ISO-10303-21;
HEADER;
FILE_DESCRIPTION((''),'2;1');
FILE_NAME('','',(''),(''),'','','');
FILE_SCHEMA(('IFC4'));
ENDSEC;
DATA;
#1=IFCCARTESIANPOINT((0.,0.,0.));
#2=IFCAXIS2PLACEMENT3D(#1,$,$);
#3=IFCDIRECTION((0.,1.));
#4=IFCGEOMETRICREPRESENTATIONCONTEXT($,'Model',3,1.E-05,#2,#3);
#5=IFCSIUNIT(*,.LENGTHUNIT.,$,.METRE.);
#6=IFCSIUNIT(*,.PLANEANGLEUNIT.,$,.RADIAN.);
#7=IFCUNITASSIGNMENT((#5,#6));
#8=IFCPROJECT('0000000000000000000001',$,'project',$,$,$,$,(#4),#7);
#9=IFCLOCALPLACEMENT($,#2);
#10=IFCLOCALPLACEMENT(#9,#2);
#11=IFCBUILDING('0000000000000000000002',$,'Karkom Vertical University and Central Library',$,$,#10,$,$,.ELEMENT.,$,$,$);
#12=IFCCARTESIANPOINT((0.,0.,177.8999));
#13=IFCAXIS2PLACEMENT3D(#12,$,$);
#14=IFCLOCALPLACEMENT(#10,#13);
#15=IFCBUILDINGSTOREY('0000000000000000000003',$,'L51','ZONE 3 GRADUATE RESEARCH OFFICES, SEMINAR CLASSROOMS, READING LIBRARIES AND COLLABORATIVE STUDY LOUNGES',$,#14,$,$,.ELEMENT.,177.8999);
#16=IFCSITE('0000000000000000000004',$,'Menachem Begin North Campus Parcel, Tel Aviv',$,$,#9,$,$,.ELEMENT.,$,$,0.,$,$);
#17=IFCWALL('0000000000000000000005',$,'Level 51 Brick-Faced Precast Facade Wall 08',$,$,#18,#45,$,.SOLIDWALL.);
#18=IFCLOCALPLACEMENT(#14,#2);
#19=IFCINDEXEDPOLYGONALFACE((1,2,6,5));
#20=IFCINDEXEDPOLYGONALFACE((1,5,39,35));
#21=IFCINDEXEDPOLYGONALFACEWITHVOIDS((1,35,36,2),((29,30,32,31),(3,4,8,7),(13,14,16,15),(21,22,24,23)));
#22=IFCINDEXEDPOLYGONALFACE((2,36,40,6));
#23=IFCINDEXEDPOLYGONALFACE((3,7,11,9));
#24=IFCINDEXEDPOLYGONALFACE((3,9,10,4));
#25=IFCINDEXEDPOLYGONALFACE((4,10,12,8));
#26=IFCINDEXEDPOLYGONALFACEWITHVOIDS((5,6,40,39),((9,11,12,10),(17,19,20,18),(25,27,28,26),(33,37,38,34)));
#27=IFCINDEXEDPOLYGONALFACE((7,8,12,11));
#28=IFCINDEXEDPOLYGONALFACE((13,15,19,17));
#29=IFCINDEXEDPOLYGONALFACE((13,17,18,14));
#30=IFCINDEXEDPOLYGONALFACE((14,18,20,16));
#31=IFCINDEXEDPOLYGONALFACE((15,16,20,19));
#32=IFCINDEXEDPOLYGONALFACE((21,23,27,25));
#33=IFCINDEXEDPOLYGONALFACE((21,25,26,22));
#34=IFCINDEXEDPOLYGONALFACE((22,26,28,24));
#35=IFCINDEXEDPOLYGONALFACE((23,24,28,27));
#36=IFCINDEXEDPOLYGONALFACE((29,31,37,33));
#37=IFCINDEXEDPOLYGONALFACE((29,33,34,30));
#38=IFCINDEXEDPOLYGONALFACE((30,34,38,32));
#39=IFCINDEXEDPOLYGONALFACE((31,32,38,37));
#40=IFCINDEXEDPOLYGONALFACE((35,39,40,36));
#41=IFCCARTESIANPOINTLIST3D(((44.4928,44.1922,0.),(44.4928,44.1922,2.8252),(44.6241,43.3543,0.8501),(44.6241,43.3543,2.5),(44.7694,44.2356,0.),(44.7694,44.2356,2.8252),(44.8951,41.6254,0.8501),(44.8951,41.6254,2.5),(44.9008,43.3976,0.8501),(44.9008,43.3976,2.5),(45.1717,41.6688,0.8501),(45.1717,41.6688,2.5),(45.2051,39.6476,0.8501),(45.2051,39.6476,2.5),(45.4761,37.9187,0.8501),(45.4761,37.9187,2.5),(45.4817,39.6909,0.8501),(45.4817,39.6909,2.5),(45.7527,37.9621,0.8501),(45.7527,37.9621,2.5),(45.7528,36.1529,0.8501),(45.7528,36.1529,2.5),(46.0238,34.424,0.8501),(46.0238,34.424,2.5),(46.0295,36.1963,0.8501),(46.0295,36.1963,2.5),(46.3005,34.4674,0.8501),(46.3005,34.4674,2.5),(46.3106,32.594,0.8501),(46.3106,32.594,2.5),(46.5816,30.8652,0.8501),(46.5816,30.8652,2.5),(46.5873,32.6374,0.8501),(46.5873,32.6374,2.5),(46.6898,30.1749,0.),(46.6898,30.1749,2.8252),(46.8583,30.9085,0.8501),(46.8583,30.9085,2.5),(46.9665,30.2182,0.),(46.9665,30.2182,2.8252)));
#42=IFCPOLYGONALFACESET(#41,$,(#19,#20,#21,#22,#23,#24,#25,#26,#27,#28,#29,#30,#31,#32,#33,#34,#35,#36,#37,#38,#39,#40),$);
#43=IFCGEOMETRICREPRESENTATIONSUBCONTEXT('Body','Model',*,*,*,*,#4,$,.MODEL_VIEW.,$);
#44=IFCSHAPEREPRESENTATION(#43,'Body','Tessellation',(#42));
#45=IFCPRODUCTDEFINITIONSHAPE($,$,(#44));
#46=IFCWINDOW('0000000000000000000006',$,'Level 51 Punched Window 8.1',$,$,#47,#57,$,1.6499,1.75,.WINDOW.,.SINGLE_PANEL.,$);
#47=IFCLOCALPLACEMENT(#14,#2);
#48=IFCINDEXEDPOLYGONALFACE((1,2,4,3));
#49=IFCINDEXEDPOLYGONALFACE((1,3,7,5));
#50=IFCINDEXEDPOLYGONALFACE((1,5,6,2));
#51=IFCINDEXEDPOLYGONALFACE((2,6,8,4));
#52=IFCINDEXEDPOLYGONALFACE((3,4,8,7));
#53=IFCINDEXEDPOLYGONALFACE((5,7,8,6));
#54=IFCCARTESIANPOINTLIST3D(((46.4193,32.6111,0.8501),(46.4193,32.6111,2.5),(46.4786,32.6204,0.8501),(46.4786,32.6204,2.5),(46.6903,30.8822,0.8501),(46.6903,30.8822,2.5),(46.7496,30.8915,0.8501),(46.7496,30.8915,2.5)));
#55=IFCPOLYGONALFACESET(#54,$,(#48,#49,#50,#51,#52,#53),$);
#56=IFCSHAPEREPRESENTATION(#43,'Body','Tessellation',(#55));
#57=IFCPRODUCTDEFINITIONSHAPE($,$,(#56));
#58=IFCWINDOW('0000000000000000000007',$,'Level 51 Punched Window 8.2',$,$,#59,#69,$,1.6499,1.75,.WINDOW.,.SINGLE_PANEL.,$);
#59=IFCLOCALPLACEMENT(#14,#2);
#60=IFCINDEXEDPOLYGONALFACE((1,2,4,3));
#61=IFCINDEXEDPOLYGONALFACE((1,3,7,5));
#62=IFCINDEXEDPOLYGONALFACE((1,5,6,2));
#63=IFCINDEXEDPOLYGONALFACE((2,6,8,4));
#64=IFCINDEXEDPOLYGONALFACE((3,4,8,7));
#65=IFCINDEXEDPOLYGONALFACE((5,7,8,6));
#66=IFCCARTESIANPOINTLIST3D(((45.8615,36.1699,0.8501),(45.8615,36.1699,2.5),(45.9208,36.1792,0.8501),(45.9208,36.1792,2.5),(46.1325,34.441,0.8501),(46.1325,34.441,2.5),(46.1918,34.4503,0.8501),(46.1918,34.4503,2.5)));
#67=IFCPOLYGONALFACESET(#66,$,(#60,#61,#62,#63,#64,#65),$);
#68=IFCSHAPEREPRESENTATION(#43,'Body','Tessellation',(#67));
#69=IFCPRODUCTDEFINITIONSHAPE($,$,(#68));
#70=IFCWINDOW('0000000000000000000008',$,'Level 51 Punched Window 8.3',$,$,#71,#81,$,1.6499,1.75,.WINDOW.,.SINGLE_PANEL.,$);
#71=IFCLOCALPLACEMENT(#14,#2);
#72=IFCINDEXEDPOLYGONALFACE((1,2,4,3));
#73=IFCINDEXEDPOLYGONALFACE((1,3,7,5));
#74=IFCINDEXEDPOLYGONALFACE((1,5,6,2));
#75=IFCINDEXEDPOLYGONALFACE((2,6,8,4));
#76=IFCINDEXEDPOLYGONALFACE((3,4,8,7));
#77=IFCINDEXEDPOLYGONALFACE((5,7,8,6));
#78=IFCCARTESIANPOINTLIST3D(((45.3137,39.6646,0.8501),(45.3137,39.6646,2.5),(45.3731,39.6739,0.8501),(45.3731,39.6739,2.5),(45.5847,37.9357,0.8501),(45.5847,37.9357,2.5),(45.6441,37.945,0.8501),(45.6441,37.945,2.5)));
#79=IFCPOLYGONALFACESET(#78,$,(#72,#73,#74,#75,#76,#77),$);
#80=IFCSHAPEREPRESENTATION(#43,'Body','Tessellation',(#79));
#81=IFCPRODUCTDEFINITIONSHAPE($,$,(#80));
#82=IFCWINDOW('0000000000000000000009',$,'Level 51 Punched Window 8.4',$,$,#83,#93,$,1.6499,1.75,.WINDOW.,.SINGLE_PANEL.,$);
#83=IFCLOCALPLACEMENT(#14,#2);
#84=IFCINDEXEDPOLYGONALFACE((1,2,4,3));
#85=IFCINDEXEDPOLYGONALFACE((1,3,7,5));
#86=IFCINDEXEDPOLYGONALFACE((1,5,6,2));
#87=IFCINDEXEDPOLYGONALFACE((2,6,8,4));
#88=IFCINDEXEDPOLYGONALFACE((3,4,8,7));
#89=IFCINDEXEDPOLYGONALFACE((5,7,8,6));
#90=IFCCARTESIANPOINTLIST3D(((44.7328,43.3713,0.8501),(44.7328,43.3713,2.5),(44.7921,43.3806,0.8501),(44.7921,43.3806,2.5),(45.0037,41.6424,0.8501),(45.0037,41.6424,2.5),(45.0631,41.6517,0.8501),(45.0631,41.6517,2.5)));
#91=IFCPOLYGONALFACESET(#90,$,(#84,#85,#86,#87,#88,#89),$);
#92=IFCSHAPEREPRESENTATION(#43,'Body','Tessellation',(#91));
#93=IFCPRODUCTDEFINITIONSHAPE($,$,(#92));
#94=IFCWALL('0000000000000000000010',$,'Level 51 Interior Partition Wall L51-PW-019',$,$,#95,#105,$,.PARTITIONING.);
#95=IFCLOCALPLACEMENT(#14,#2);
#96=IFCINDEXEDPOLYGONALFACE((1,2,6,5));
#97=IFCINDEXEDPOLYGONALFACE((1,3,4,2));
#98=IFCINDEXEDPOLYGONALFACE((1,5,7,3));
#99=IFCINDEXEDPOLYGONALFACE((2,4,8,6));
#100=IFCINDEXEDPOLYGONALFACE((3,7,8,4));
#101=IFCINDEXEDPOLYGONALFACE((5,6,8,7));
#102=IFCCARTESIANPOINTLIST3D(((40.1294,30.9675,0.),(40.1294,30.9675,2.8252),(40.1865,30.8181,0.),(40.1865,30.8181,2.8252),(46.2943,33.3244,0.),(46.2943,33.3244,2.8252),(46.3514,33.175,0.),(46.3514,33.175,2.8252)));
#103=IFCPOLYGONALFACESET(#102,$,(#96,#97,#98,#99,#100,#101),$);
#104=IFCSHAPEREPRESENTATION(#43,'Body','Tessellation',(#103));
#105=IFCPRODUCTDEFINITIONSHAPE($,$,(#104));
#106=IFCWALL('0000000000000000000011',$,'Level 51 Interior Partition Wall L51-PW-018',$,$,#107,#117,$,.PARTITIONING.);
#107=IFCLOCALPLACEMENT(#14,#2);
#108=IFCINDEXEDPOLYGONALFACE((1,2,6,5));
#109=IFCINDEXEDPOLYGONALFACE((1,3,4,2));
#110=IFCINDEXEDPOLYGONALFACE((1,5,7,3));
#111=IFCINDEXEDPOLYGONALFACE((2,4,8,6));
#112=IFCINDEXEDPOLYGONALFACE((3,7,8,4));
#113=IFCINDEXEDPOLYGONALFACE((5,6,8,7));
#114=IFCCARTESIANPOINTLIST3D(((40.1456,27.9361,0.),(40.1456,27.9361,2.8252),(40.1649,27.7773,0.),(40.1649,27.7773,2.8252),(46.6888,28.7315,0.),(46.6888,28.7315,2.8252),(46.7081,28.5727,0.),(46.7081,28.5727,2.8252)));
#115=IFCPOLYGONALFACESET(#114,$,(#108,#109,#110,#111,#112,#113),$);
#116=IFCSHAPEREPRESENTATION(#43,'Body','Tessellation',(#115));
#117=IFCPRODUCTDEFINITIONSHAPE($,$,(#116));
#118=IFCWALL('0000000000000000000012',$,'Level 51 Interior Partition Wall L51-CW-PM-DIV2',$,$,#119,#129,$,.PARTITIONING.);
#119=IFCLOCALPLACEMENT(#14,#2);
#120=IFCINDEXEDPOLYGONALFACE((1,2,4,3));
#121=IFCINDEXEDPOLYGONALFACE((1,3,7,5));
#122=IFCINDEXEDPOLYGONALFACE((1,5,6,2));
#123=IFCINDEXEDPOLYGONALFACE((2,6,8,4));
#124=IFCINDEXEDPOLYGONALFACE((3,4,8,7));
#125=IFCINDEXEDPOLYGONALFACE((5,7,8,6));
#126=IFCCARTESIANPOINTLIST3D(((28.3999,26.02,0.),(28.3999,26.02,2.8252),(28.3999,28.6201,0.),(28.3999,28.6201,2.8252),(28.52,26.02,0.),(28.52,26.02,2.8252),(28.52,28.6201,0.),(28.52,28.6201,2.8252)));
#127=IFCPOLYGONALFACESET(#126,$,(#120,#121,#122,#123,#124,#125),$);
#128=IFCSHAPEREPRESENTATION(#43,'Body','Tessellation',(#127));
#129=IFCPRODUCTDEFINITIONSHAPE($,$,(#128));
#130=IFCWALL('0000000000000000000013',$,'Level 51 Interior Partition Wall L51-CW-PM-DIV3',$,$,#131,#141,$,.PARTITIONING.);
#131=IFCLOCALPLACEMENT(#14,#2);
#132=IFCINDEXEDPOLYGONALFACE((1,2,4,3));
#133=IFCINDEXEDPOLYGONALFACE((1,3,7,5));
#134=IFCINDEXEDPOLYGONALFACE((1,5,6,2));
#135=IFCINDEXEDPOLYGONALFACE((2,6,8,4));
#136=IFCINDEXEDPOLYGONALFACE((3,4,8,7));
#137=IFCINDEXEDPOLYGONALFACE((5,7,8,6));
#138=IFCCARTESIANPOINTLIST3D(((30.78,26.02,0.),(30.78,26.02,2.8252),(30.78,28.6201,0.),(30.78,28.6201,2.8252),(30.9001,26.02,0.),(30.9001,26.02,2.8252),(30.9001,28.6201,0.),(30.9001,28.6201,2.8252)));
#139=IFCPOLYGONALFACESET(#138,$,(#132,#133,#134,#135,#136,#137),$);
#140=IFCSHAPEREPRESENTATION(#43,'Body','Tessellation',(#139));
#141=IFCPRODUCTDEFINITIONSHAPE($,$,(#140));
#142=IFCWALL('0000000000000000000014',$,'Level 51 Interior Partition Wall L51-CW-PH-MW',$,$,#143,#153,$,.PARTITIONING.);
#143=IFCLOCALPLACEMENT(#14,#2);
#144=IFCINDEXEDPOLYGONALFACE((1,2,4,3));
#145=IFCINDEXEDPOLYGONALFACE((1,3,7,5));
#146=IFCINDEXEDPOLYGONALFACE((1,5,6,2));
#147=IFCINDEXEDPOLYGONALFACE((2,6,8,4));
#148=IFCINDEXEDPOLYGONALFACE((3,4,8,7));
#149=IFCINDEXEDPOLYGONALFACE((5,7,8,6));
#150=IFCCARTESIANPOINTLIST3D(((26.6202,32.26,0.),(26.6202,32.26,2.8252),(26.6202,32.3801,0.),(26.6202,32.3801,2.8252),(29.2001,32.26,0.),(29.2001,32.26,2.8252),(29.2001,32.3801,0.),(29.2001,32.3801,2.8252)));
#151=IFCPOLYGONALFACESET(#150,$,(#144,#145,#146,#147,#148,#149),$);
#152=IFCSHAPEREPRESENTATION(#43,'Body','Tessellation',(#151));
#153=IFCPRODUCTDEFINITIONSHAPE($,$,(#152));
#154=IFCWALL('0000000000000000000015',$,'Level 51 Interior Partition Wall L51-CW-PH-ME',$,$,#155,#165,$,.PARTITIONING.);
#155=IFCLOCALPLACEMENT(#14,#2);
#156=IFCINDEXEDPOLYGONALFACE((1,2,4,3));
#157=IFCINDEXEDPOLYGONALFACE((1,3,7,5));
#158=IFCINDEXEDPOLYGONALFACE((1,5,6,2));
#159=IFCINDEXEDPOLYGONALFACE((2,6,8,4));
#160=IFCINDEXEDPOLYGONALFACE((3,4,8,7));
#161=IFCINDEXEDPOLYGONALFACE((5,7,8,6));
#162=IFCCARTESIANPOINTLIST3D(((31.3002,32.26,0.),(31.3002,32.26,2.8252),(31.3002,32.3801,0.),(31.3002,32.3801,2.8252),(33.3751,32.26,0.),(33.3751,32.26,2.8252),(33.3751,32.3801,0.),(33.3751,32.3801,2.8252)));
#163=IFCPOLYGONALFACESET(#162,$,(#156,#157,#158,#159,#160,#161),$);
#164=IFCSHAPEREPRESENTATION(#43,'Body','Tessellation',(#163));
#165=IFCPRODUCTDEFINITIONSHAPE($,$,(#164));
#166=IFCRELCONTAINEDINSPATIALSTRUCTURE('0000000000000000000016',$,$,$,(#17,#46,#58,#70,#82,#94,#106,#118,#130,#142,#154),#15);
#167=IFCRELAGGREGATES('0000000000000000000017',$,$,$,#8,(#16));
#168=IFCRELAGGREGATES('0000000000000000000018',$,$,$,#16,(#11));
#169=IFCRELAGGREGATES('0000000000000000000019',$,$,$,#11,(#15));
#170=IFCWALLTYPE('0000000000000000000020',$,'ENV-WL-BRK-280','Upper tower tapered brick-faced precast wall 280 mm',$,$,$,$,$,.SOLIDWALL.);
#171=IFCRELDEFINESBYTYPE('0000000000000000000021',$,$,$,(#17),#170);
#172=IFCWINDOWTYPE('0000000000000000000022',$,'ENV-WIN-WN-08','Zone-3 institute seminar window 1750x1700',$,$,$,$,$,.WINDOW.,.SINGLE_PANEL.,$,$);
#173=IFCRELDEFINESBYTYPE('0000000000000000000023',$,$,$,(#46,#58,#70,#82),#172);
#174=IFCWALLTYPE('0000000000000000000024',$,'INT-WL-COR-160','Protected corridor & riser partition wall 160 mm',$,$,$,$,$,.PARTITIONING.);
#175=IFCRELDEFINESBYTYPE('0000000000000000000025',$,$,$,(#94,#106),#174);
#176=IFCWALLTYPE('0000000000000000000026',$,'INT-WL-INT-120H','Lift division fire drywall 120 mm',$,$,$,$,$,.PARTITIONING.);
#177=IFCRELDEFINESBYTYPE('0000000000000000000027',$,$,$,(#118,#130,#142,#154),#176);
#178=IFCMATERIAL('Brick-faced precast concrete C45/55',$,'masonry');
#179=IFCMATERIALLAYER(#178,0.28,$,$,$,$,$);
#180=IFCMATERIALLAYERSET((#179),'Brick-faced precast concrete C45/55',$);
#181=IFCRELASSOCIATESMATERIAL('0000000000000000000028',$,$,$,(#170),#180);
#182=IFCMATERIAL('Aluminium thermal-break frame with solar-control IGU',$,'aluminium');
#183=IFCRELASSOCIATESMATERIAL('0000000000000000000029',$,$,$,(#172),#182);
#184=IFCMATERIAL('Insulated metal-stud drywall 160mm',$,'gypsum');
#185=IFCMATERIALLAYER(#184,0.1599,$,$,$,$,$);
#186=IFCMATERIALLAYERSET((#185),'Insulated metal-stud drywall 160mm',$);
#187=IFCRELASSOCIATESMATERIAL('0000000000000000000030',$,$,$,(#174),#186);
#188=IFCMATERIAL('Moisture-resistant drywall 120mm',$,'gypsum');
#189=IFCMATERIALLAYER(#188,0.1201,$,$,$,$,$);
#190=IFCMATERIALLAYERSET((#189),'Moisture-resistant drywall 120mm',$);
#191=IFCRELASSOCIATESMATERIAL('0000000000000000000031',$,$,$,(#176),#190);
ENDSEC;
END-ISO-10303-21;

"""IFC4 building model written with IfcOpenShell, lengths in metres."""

from ifc_helpers import new_model, si_unit, direction, frame, frame_2d, origin, origin_with_axes, place, context, subcontext, project, spatial, rectangle, extrude, source, transform, mapped, material, layer, layer_set, type_object, element, fill, save


model = new_model("IFC4")

# Units and contexts
model_context = context("Model", 3, precision=1e-05, world=origin(), true_north=direction((0.0, 1.0)))
body_context = subcontext(model_context, "Body", "Model", "MODEL_VIEW")
ifc_project = project(units=[si_unit("LENGTHUNIT", "METRE"), si_unit("PLANEANGLEUNIT", "RADIAN")], contexts=[model_context])

# Site, building, storey
site_placement = place(None, origin())
site = spatial("IfcSite", under=ifc_project, at=site_placement, Name="Menachem Begin North Campus Parcel, Tel Aviv", CompositionType="ELEMENT", RefElevation=0.0)
building_placement = place(site_placement, origin())
building = spatial("IfcBuilding", under=site, at=building_placement, Name="Karkom Vertical University and Central Library", CompositionType="ELEMENT")
storey_placement = place(building_placement, frame((0.0, 0.0, 177.8999)))
storey = spatial("IfcBuildingStorey", under=building, at=storey_placement, Name="L51", Description="ZONE 3 GRADUATE RESEARCH OFFICES, SEMINAR CLASSROOMS, READING LIBRARIES AND COLLABORATIVE STUDY LOUNGES", CompositionType="ELEMENT", Elevation=177.8999)

# Wall, openings, windows
ifc_material_1 = material(Name="Brick-faced precast concrete C45/55", Category="masonry")
ifc_layer_1 = layer(ifc_material_1, 0.28)
ifc_layer_set_1 = layer_set([ifc_layer_1], Name="Brick-faced precast concrete C45/55")
wall_type_1 = type_object("IfcWallType", Name="ENV-WL-BRK-280", Description="Upper tower tapered brick-faced precast wall 280 mm", PredefinedType="SOLIDWALL", material=ifc_layer_set_1)
wall_1_placement = place(storey_placement, frame((46.8281, 30.1965, 0.0), z_axis=(0.0, 0.0, 1.0), x_axis=(-0.154846, 0.987939, 0.0)))
wall_1 = element("IfcWall", 1, at=wall_1_placement, inside=storey, type_object=wall_type_1, Name="Level 51 Brick-Faced Precast Facade Wall 08", PredefinedType="SOLIDWALL", context=body_context, shape_type="SweptSolid", body=[
    extrude(rectangle(XDim=14.1885, YDim=0.28, at=frame_2d((7.0942, 0.0))), origin(), (0.0, 0.0, 1.0), 2.8252),
])
opening_1_placement = place(wall_1_placement, frame((0.6987, 0.0, 0.8501)))
opening_1 = element("IfcOpeningElement", 2, at=opening_1_placement, cuts=wall_1, PredefinedType="OPENING", context=body_context, shape_type="SweptSolid", body=[
    extrude(rectangle(XDim=1.75, YDim=1.6499, at=frame_2d((0.875, 0.825))), frame((0.0, 0.1499, 0.0), z_axis=(0.0, -1.0, 0.0), x_axis=(1.0, 0.0, 0.0)), (0.0, 0.0, 1.0), 0.3),
])
opening_2_placement = place(wall_1_placement, frame((4.301, 0.0, 0.8501)))
opening_2 = element("IfcOpeningElement", 3, at=opening_2_placement, cuts=wall_1, PredefinedType="OPENING", context=body_context, shape_type="SweptSolid", body=[
    extrude(rectangle(XDim=1.75, YDim=1.6499, at=frame_2d((0.875, 0.825))), frame((0.0, 0.1499, 0.0), z_axis=(0.0, -1.0, 0.0), x_axis=(1.0, 0.0, 0.0)), (0.0, 0.0, 1.0), 0.3),
])
opening_3_placement = place(wall_1_placement, frame((7.8384, 0.0, 0.8501)))
opening_3 = element("IfcOpeningElement", 4, at=opening_3_placement, cuts=wall_1, PredefinedType="OPENING", context=body_context, shape_type="SweptSolid", body=[
    extrude(rectangle(XDim=1.75, YDim=1.6499, at=frame_2d((0.875, 0.825))), frame((0.0, 0.1499, 0.0), z_axis=(0.0, -1.0, 0.0), x_axis=(1.0, 0.0, 0.0)), (0.0, 0.0, 1.0), 0.3),
])
opening_4_placement = place(wall_1_placement, frame((11.5903, 0.0, 0.8501)))
opening_4 = element("IfcOpeningElement", 5, at=opening_4_placement, cuts=wall_1, PredefinedType="OPENING", context=body_context, shape_type="SweptSolid", body=[
    extrude(rectangle(XDim=1.75, YDim=1.6499, at=frame_2d((0.875, 0.825))), frame((0.0, 0.1499, 0.0), z_axis=(0.0, -1.0, 0.0), x_axis=(1.0, 0.0, 0.0)), (0.0, 0.0, 1.0), 0.3),
])
ifc_material_2 = material(Name="Aluminium thermal-break frame with solar-control IGU", Category="aluminium")
window_type = type_object("IfcWindowType", Name="ENV-WIN-WN-08", Description="Zone-3 institute seminar window 1750x1700", PartitioningType="SINGLE_PANEL", PredefinedType="WINDOW", material=ifc_material_2)
shared_shape_1 = source(origin_with_axes(), body_context, "Body", "SweptSolid", [
    extrude(rectangle(XDim=1.75, YDim=1.6499, at=frame_2d((0.875, 0.825))), frame((0.0, 0.03, 0.0), z_axis=(0.0, -1.0, 0.0), x_axis=(1.0, 0.0, 0.0)), (0.0, 0.0, 1.0), 0.0601),
])
window_1_placement = place(opening_1_placement, origin())
window_1 = element("IfcWindow", 6, at=window_1_placement, inside=storey, type_object=window_type, Name="Level 51 Punched Window 8.1", OverallHeight=1.6499, OverallWidth=1.75, PartitioningType="SINGLE_PANEL", PredefinedType="WINDOW", context=body_context, shape_type="MappedRepresentation", body=[
    mapped(shared_shape_1, transform((0.0, 0.0, 0.0), scale=1.0)),
])
fill(opening_1, window_1)
window_2_placement = place(opening_2_placement, origin())
window_2 = element("IfcWindow", 7, at=window_2_placement, inside=storey, type_object=window_type, Name="Level 51 Punched Window 8.2", OverallHeight=1.6499, OverallWidth=1.75, PartitioningType="SINGLE_PANEL", PredefinedType="WINDOW", context=body_context, shape_type="MappedRepresentation", body=[
    mapped(shared_shape_1, transform((0.0, 0.0, 0.0), scale=1.0)),
])
fill(opening_2, window_2)
window_3_placement = place(opening_3_placement, origin())
window_3 = element("IfcWindow", 8, at=window_3_placement, inside=storey, type_object=window_type, Name="Level 51 Punched Window 8.3", OverallHeight=1.6499, OverallWidth=1.75, PartitioningType="SINGLE_PANEL", PredefinedType="WINDOW", context=body_context, shape_type="MappedRepresentation", body=[
    mapped(shared_shape_1, transform((0.0, 0.0, 0.0), scale=1.0)),
])
fill(opening_3, window_3)
window_4_placement = place(opening_4_placement, origin())
window_4 = element("IfcWindow", 9, at=window_4_placement, inside=storey, type_object=window_type, Name="Level 51 Punched Window 8.4", OverallHeight=1.6499, OverallWidth=1.75, PartitioningType="SINGLE_PANEL", PredefinedType="WINDOW", context=body_context, shape_type="MappedRepresentation", body=[
    mapped(shared_shape_1, transform((0.0, 0.0, 0.0), scale=1.0)),
])
fill(opening_4, window_4)

# Walls
ifc_material_3 = material(Name="Insulated metal-stud drywall 160mm", Category="gypsum")
ifc_layer_2 = layer(ifc_material_3, 0.1599)
ifc_layer_set_2 = layer_set([ifc_layer_2], Name="Insulated metal-stud drywall 160mm")
wall_type_2 = type_object("IfcWallType", Name="INT-WL-COR-160", Description="Protected corridor & riser partition wall 160 mm", PredefinedType="PARTITIONING", material=ifc_layer_set_2)
wall_2_placement = place(storey_placement, frame((40.158, 30.8928, 0.0), z_axis=(0.0, 0.0, 1.0), x_axis=(0.934066, 0.357099, 0.0)))
element("IfcWall", 10, at=wall_2_placement, inside=storey, type_object=wall_type_2, Name="Level 51 Interior Partition Wall L51-PW-019", PredefinedType="PARTITIONING", context=body_context, shape_type="SweptSolid", body=[
    extrude(rectangle(XDim=6.6001, YDim=0.1599, at=frame_2d((3.3, 0.0))), origin(), (0.0, 0.0, 1.0), 2.8252),
])
wall_3_placement = place(storey_placement, frame((40.1553, 27.8567, 0.0), z_axis=(0.0, 0.0, 1.0), x_axis=(0.992692, 0.120674, 0.0)))
element("IfcWall", 11, at=wall_3_placement, inside=storey, type_object=wall_type_2, Name="Level 51 Interior Partition Wall L51-PW-018", PredefinedType="PARTITIONING", context=body_context, shape_type="SweptSolid", body=[
    extrude(rectangle(XDim=6.5913, YDim=0.1599, at=frame_2d((3.2957, 0.0))), origin(), (0.0, 0.0, 1.0), 2.8252),
])
ifc_material_4 = material(Name="Moisture-resistant drywall 120mm", Category="gypsum")
ifc_layer_3 = layer(ifc_material_4, 0.1201)
ifc_layer_set_3 = layer_set([ifc_layer_3], Name="Moisture-resistant drywall 120mm")
wall_type_3 = type_object("IfcWallType", Name="INT-WL-INT-120H", Description="Lift division fire drywall 120 mm", PredefinedType="PARTITIONING", material=ifc_layer_set_3)
for number, where, z_axis, x_axis, name in (
    (12, (28.46, 26.02, 0.0), (0.0, 0.0, 1.0), (0.0, 1.0, 0.0), "Level 51 Interior Partition Wall L51-CW-PM-DIV2"),
    (13, (30.8401, 26.02, 0.0), (0.0, 0.0, 1.0), (0.0, 1.0, 0.0), "Level 51 Interior Partition Wall L51-CW-PM-DIV3"),
):
    element("IfcWall", number, at=place(storey_placement, frame(where, z_axis=z_axis, x_axis=x_axis)), inside=storey, type_object=wall_type_3, Name=name, PredefinedType="PARTITIONING", context=body_context, shape_type="SweptSolid", body=[
        extrude(rectangle(XDim=2.6001, YDim=0.1201, at=frame_2d((1.3, 0.0))), origin(), (0.0, 0.0, 1.0), 2.8252),
    ])
wall_4_placement = place(storey_placement, frame((26.6201, 32.3201, 0.0), z_axis=(0.0, 0.0, 1.0), x_axis=(1.0, 0.0, 0.0)))
element("IfcWall", 14, at=wall_4_placement, inside=storey, type_object=wall_type_3, Name="Level 51 Interior Partition Wall L51-CW-PH-MW", PredefinedType="PARTITIONING", context=body_context, shape_type="SweptSolid", body=[
    extrude(rectangle(XDim=2.5798, YDim=0.1201, at=frame_2d((1.29, 0.0))), origin(), (0.0, 0.0, 1.0), 2.8252),
])
wall_5_placement = place(storey_placement, frame((31.3, 32.3201, 0.0), z_axis=(0.0, 0.0, 1.0), x_axis=(1.0, 0.0, 0.0)))
element("IfcWall", 15, at=wall_5_placement, inside=storey, type_object=wall_type_3, Name="Level 51 Interior Partition Wall L51-CW-PH-ME", PredefinedType="PARTITIONING", context=body_context, shape_type="SweptSolid", body=[
    extrude(rectangle(XDim=2.075, YDim=0.1201, at=frame_2d((1.0376, 0.0))), origin(), (0.0, 0.0, 1.0), 2.8252),
])

save(model, "model.ifc")
